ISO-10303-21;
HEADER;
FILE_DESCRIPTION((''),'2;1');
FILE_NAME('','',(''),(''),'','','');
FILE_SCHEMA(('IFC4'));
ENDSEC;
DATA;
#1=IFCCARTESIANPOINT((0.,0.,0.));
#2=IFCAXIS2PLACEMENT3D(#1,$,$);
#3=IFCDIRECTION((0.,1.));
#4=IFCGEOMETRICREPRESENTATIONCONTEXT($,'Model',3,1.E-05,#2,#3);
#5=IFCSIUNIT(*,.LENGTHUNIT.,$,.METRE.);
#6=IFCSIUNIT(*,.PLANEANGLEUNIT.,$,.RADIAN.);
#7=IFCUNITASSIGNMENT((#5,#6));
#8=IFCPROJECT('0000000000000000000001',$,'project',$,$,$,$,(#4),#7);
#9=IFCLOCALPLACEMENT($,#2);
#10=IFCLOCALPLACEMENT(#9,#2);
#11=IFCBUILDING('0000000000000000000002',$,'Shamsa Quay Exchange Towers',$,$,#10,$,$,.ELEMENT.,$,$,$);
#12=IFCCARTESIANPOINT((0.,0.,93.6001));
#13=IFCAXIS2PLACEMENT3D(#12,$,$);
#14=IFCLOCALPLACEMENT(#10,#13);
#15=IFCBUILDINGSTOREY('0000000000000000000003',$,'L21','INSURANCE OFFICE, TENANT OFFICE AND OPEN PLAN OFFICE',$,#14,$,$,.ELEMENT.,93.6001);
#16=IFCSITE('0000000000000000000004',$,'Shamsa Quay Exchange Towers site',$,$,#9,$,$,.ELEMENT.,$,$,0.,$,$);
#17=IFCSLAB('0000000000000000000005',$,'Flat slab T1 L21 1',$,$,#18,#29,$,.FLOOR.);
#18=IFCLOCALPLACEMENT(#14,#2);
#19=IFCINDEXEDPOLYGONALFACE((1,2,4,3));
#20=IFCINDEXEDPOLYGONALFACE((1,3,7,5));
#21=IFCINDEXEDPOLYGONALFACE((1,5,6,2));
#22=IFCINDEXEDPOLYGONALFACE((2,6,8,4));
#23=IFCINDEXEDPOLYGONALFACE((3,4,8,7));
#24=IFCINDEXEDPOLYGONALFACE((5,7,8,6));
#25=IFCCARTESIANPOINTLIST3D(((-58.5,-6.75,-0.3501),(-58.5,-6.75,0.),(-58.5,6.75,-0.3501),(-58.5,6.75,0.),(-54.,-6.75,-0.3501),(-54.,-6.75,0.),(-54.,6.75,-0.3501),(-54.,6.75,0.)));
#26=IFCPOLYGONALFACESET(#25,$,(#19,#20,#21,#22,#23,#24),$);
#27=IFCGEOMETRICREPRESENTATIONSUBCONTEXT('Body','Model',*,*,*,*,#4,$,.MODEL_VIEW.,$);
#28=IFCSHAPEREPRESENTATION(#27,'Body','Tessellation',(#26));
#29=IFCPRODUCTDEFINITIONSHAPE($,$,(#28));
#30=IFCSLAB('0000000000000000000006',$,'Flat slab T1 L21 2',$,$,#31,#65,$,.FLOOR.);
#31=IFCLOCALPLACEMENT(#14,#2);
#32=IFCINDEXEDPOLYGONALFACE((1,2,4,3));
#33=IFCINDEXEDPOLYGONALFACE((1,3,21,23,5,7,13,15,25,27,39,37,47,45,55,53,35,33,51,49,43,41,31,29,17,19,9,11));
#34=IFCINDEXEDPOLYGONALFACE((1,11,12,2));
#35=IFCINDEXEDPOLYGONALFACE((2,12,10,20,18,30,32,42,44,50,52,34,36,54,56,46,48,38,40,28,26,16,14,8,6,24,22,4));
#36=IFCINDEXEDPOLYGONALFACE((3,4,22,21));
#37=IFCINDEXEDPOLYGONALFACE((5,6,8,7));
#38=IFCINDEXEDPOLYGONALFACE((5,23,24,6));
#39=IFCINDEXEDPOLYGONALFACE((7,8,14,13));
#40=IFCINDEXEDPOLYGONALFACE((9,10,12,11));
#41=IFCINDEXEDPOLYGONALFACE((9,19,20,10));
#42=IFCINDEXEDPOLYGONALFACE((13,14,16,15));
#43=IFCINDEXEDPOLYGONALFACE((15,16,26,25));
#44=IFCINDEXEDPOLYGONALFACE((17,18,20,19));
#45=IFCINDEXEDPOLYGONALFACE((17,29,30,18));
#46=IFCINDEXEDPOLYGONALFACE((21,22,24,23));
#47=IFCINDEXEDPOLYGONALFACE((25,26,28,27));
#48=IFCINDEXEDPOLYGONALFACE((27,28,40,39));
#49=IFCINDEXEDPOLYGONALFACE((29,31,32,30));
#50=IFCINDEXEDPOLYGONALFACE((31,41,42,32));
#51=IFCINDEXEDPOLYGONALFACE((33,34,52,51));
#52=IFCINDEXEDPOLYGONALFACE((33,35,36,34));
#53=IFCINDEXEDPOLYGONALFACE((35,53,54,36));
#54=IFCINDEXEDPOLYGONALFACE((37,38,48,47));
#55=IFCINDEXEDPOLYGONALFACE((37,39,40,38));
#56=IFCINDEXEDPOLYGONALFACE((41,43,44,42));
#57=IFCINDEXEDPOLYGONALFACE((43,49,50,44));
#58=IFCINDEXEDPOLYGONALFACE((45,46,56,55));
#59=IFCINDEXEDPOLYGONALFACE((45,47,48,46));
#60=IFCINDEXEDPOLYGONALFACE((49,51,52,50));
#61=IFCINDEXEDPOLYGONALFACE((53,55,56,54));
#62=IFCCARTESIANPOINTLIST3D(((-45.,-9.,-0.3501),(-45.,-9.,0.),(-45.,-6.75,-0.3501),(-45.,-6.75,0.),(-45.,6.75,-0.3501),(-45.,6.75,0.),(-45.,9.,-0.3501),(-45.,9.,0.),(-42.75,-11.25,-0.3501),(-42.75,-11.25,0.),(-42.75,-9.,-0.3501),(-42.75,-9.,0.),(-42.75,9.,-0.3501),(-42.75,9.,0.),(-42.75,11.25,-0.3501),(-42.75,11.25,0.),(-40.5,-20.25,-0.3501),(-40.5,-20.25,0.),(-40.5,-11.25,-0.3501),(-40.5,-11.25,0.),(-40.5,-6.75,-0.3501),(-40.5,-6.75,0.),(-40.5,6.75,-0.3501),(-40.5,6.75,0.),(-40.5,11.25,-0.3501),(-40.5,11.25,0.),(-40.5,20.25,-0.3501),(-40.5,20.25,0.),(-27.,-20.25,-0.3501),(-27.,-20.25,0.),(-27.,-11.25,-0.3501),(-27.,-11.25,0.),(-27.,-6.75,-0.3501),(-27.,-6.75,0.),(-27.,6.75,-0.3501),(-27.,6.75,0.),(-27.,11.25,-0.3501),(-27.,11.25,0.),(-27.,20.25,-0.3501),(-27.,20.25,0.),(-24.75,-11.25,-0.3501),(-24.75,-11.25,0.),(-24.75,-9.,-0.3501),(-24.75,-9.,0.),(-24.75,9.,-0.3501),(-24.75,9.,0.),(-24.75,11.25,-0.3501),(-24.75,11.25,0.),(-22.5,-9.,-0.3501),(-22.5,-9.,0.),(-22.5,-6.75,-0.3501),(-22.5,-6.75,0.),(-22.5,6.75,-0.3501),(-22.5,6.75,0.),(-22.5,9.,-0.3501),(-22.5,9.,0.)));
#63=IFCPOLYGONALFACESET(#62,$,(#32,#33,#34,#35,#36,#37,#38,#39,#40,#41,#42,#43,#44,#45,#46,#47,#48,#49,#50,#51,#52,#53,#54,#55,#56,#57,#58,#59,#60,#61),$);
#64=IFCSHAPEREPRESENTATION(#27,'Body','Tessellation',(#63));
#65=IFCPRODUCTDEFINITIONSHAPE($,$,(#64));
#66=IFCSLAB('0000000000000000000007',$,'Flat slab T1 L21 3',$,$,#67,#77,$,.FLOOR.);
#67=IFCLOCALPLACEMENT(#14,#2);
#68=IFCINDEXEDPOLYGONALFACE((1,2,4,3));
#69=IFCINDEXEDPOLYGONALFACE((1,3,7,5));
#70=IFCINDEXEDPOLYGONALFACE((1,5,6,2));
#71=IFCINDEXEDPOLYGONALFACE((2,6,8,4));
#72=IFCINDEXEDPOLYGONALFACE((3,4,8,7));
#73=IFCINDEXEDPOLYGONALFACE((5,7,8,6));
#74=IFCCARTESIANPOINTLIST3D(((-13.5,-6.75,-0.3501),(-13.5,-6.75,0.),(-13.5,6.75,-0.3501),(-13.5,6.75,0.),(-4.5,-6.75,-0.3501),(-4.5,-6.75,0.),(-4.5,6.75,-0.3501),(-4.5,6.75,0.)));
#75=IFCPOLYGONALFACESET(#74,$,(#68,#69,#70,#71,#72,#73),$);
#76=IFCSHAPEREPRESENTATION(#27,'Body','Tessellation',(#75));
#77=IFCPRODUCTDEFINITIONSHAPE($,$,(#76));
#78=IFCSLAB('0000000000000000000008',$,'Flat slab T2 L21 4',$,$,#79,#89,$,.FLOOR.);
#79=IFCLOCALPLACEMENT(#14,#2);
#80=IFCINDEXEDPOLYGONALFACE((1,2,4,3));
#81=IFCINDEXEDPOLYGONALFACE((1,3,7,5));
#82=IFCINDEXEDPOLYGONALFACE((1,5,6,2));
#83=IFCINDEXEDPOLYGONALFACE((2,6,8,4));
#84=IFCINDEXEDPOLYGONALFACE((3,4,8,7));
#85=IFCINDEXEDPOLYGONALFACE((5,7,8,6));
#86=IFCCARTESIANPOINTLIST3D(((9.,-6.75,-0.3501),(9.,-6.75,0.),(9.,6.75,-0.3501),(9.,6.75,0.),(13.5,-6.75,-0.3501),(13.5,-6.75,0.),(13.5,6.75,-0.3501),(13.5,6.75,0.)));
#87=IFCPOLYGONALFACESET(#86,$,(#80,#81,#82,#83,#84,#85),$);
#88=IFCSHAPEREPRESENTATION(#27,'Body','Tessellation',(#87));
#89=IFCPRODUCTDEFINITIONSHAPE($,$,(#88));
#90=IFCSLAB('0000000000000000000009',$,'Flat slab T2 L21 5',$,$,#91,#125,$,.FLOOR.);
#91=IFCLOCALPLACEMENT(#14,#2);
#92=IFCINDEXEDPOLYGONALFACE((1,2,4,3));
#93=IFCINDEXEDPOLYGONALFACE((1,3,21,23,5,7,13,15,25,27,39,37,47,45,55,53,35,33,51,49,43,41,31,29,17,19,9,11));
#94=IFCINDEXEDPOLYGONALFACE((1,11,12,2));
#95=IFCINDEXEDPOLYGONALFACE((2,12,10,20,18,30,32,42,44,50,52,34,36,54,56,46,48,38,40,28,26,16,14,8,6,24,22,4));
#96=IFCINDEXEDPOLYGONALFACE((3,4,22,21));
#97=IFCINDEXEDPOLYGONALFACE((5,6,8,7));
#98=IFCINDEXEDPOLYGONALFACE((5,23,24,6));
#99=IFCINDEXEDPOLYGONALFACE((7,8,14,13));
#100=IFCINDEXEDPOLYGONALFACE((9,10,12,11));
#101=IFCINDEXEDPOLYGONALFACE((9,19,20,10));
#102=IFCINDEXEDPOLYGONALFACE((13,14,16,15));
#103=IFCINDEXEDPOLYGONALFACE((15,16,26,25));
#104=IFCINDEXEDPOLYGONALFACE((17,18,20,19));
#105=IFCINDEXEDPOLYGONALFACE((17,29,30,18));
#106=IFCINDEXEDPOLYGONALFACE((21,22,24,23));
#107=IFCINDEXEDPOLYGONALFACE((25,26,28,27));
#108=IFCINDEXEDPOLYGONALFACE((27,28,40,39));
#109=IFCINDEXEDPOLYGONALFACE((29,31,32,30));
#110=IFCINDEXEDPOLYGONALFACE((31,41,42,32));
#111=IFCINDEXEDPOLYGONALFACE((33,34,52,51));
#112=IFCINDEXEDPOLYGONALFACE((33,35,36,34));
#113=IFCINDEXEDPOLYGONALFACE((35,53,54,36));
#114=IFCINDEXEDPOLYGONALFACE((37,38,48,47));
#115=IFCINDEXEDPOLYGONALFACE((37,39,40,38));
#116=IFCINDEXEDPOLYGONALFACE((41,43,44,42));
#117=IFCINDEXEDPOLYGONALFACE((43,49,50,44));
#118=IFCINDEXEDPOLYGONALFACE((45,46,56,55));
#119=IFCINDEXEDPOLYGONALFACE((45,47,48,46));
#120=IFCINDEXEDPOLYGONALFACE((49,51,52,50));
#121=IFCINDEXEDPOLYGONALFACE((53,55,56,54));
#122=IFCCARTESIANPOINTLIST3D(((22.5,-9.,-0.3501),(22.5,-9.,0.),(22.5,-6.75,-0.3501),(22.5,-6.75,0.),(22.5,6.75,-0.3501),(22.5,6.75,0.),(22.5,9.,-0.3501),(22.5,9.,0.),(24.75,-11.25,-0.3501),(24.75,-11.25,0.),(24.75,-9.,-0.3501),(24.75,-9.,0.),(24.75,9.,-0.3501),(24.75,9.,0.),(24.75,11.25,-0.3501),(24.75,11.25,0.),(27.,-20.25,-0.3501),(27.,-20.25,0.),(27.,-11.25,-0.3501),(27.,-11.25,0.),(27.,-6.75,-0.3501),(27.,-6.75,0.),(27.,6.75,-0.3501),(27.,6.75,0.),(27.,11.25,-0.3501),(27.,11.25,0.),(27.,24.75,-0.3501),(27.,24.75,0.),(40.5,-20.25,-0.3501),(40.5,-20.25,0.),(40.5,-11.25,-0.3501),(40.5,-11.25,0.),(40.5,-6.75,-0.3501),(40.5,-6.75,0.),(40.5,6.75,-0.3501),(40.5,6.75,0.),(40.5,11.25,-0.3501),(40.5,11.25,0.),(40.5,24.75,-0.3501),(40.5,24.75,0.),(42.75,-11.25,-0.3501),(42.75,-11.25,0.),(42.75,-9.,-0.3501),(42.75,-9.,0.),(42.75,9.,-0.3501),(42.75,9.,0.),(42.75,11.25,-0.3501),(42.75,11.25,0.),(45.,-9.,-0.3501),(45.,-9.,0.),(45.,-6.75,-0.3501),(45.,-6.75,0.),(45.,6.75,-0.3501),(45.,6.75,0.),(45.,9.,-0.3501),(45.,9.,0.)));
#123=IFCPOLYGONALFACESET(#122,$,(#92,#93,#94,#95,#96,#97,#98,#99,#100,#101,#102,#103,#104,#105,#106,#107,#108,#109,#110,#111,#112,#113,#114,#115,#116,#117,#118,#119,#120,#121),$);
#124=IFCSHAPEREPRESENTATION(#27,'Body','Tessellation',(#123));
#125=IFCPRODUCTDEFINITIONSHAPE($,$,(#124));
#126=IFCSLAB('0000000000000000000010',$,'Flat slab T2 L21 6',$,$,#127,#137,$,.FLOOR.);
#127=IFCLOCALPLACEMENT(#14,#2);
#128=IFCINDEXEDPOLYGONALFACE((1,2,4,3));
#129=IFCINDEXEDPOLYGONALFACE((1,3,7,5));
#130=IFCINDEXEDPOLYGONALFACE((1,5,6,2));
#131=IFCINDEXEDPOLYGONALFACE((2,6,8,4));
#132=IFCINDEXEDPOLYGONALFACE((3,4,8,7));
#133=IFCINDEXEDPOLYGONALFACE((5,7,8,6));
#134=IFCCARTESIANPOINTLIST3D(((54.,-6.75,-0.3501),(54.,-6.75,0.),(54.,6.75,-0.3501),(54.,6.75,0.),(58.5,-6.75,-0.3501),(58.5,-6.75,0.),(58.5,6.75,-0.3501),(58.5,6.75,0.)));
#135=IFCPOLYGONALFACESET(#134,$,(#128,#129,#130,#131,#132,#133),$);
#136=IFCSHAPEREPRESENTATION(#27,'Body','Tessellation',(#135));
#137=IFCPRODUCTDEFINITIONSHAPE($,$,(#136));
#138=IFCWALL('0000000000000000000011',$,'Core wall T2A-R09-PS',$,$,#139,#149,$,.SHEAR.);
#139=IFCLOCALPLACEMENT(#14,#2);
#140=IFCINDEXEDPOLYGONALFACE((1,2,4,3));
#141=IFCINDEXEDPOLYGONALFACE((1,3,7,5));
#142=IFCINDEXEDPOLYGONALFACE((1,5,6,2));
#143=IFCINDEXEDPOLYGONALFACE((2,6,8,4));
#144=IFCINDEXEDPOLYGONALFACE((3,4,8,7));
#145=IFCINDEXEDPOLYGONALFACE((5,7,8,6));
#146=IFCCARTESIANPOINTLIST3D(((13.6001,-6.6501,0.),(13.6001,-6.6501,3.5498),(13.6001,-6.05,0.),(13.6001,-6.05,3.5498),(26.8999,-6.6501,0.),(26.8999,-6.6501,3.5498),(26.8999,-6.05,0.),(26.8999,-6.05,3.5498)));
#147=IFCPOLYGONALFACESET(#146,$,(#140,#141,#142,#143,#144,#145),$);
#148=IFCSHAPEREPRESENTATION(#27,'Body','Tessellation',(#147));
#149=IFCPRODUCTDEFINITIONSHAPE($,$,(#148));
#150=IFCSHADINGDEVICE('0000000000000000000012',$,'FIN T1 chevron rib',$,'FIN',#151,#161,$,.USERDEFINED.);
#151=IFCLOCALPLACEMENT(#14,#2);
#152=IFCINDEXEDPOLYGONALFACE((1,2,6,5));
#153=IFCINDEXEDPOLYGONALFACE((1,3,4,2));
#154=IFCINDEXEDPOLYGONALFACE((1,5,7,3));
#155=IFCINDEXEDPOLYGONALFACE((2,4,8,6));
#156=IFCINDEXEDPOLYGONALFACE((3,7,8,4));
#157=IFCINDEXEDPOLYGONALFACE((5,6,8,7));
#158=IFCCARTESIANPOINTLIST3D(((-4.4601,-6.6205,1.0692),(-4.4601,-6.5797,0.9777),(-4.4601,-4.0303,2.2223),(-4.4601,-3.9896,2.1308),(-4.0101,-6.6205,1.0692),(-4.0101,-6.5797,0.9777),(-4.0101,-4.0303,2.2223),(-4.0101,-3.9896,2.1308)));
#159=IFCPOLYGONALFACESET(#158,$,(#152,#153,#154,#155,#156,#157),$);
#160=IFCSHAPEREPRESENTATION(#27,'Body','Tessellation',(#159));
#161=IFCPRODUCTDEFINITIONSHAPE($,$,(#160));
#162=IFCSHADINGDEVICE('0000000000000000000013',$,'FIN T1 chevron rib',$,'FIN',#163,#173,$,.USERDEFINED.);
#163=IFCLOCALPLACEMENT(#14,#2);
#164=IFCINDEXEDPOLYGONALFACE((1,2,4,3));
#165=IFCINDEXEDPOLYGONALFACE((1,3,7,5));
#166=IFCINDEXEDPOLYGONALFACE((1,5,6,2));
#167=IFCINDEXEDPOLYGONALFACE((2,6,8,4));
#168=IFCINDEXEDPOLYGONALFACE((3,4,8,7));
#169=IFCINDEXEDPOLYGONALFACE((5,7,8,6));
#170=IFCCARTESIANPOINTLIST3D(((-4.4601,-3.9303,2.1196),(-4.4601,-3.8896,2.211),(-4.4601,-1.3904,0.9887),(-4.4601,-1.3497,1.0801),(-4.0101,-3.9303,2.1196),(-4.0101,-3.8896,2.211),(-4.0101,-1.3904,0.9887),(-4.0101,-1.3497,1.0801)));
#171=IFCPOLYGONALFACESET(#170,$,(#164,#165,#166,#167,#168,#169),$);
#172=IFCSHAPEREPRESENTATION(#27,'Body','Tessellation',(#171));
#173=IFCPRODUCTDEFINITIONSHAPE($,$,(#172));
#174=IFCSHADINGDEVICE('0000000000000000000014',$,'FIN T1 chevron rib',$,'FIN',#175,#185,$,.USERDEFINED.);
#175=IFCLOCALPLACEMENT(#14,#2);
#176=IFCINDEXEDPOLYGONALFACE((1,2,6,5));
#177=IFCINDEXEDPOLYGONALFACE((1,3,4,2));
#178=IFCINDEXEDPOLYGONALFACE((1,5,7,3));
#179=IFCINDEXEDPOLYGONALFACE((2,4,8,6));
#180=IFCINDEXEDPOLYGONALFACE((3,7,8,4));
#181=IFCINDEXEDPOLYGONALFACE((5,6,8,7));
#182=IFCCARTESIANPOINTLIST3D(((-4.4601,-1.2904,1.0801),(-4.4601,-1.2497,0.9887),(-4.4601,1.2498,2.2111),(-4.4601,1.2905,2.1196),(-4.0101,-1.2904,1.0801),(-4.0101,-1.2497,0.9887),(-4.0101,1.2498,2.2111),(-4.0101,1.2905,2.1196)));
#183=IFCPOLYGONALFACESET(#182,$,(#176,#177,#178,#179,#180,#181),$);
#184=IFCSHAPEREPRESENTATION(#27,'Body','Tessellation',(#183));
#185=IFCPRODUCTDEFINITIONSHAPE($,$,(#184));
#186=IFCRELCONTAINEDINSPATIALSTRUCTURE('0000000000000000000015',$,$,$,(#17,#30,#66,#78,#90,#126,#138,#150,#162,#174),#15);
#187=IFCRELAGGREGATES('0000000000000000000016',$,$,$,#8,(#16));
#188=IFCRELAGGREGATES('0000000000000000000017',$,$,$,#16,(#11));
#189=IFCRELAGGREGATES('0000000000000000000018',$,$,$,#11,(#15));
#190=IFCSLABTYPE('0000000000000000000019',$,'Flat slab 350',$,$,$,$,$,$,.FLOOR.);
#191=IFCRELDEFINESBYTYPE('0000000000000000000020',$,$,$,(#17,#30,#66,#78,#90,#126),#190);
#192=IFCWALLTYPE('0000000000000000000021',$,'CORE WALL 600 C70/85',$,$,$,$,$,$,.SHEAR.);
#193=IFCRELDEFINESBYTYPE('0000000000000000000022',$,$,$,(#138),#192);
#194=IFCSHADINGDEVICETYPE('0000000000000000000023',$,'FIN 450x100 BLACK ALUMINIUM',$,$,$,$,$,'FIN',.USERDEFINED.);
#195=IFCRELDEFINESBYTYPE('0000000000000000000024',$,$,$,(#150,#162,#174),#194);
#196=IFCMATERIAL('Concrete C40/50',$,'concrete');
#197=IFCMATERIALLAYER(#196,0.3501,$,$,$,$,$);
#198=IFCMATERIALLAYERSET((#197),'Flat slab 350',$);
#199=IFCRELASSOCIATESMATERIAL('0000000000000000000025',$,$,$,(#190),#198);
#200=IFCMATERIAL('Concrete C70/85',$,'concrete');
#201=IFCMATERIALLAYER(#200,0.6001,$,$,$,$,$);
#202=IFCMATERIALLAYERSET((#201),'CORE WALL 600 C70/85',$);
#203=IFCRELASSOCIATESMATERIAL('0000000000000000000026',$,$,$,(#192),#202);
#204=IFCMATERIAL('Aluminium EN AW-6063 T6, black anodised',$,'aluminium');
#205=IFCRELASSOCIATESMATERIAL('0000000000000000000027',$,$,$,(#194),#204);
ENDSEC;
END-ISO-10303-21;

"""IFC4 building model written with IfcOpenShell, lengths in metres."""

from ifc_helpers import new_model, si_unit, direction, frame, frame_2d, origin, origin_2d, place, context, subcontext, project, spatial, polyline, rectangle, outline, extrude, material, layer, layer_set, material_profile, profile_set, type_object, element, save


model = new_model("IFC4")

# Units and contexts
model_context = context("Model", 3, precision=1e-05, world=origin(), true_north=direction((0.0, 1.0)))
body_context = subcontext(model_context, "Body", "Model", "MODEL_VIEW")
ifc_project = project(units=[si_unit("LENGTHUNIT", "METRE"), si_unit("PLANEANGLEUNIT", "RADIAN")], contexts=[model_context])

# Site, building, storey
site_placement = place(None, origin())
site = spatial("IfcSite", under=ifc_project, at=site_placement, Name="Shamsa Quay Exchange Towers site", CompositionType="ELEMENT", RefElevation=0.0)
building_placement = place(site_placement, origin())
building = spatial("IfcBuilding", under=site, at=building_placement, Name="Shamsa Quay Exchange Towers", CompositionType="ELEMENT")
storey_placement = place(building_placement, frame((0.0, 0.0, 93.6001)))
storey = spatial("IfcBuildingStorey", under=building, at=storey_placement, Name="L21", Description="INSURANCE OFFICE, TENANT OFFICE AND OPEN PLAN OFFICE", CompositionType="ELEMENT", Elevation=93.6001)

# Shared definitions
ifc_material_1 = material(Name="Aluminium EN AW-6063 T6, black anodised", Category="aluminium")

# Slabs
ifc_material_2 = material(Name="Concrete C40/50", Category="concrete")
ifc_layer_1 = layer(ifc_material_2, 0.3501)
ifc_layer_set_1 = layer_set([ifc_layer_1], Name="Flat slab 350")
slab_type_1 = type_object("IfcSlabType", Name="Flat slab 350", PredefinedType="FLOOR", material=ifc_layer_set_1)
slab_1_placement = place(storey_placement, frame((0.0, 0.0, -0.3501)))
element("IfcSlab", 1, at=slab_1_placement, inside=storey, type_object=slab_type_1, Name="Flat slab T1 L21 1", PredefinedType="FLOOR", context=body_context, shape_type="SweptSolid", body=[
    extrude(outline(polyline([(-58.5, -6.75), (-54.0, -6.75), (-54.0, 6.75), (-58.5, 6.75), (-58.5, -6.75)])), origin(), (0.0, 0.0, 1.0), 0.3501),
])
slab_2_placement = place(storey_placement, frame((0.0, 0.0, -0.3501)))
element("IfcSlab", 2, at=slab_2_placement, inside=storey, type_object=slab_type_1, Name="Flat slab T1 L21 2", PredefinedType="FLOOR", context=body_context, shape_type="SweptSolid", body=[
    extrude(outline(polyline([(-22.5, -9.0), (-22.5, -6.75), (-27.0, -6.75), (-27.0, 6.75), (-22.5, 6.75), (-22.5, 9.0), (-24.75, 9.0), (-24.75, 11.25), (-27.0, 11.25), (-27.0, 20.25), (-40.5, 20.25), (-40.5, 11.25), (-42.75, 11.25), (-42.75, 9.0), (-45.0, 9.0), (-45.0, 6.75), (-40.5, 6.75), (-40.5, -6.75), (-45.0, -6.75), (-45.0, -9.0), (-42.75, -9.0), (-42.75, -11.25), (-40.5, -11.25), (-40.5, -20.25), (-27.0, -20.25), (-27.0, -11.25), (-24.75, -11.25), (-24.75, -9.0), (-22.5, -9.0)])), origin(), (0.0, 0.0, 1.0), 0.3501),
])
slab_3_placement = place(storey_placement, frame((0.0, 0.0, -0.3501)))
element("IfcSlab", 3, at=slab_3_placement, inside=storey, type_object=slab_type_1, Name="Flat slab T1 L21 3", PredefinedType="FLOOR", context=body_context, shape_type="SweptSolid", body=[
    extrude(outline(polyline([(-4.5, 6.75), (-13.5, 6.75), (-13.5, -6.75), (-4.5, -6.75), (-4.5, 6.75)])), origin(), (0.0, 0.0, 1.0), 0.3501),
])
slab_4_placement = place(storey_placement, frame((0.0, 0.0, -0.3501)))
element("IfcSlab", 4, at=slab_4_placement, inside=storey, type_object=slab_type_1, Name="Flat slab T2 L21 4", PredefinedType="FLOOR", context=body_context, shape_type="SweptSolid", body=[
    extrude(outline(polyline([(9.0, -6.75), (13.5, -6.75), (13.5, 6.75), (9.0, 6.75), (9.0, -6.75)])), origin(), (0.0, 0.0, 1.0), 0.3501),
])
slab_5_placement = place(storey_placement, frame((0.0, 0.0, -0.3501)))
element("IfcSlab", 5, at=slab_5_placement, inside=storey, type_object=slab_type_1, Name="Flat slab T2 L21 5", PredefinedType="FLOOR", context=body_context, shape_type="SweptSolid", body=[
    extrude(outline(polyline([(45.0, -9.0), (45.0, -6.75), (40.5, -6.75), (40.5, 6.75), (45.0, 6.75), (45.0, 9.0), (42.75, 9.0), (42.75, 11.25), (40.5, 11.25), (40.5, 24.75), (27.0, 24.75), (27.0, 11.25), (24.75, 11.25), (24.75, 9.0), (22.5, 9.0), (22.5, 6.75), (27.0, 6.75), (27.0, -6.75), (22.5, -6.75), (22.5, -9.0), (24.75, -9.0), (24.75, -11.25), (27.0, -11.25), (27.0, -20.25), (40.5, -20.25), (40.5, -11.25), (42.75, -11.25), (42.75, -9.0), (45.0, -9.0)])), origin(), (0.0, 0.0, 1.0), 0.3501),
])
slab_6_placement = place(storey_placement, frame((0.0, 0.0, -0.3501)))
element("IfcSlab", 6, at=slab_6_placement, inside=storey, type_object=slab_type_1, Name="Flat slab T2 L21 6", PredefinedType="FLOOR", context=body_context, shape_type="SweptSolid", body=[
    extrude(outline(polyline([(58.5, 6.75), (54.0, 6.75), (54.0, -6.75), (58.5, -6.75), (58.5, 6.75)])), origin(), (0.0, 0.0, 1.0), 0.3501),
])

# Wall
ifc_material_3 = material(Name="Concrete C70/85", Category="concrete")
ifc_layer_2 = layer(ifc_material_3, 0.6001)
ifc_layer_set_2 = layer_set([ifc_layer_2], Name="CORE WALL 600 C70/85")
wall_type = type_object("IfcWallType", Name="CORE WALL 600 C70/85", PredefinedType="SHEAR", material=ifc_layer_set_2)
wall_placement = place(storey_placement, frame((13.6001, -6.3501, 0.0)))
element("IfcWall", 7, at=wall_placement, inside=storey, type_object=wall_type, Name="Core wall T2A-R09-PS", PredefinedType="SHEAR", context=body_context, shape_type="SweptSolid", body=[
    extrude(rectangle(XDim=13.2998, YDim=0.6001, at=frame_2d((6.6499, 0.0))), origin(), (0.0, 0.0, 1.0), 3.5498),
])

# Shading devices
ifc_material_profile_1 = material_profile(ifc_material_1, rectangle(XDim=0.45, YDim=0.1001, at=origin_2d()), Name="FIN450x100")
ifc_profile_set_1 = profile_set([ifc_material_profile_1], Name="Aluminium EN AW-6063 T6, black anodised")
shading_device_type = type_object("IfcShadingDeviceType", Name="FIN 450x100 BLACK ALUMINIUM", ElementType="FIN", PredefinedType="USERDEFINED", material=ifc_profile_set_1)
shading_device_1_placement = place(storey_placement, frame((-4.2351, -6.6001, 1.0234), z_axis=(0.0, 0.913559, 0.406706), x_axis=(-1.0, 0.0, 0.0)))
element("IfcShadingDevice", 8, at=shading_device_1_placement, inside=storey, type_object=shading_device_type, Name="FIN T1 chevron rib", ObjectType="FIN", PredefinedType="USERDEFINED", context=body_context, shape_type="SweptSolid", body=[
    extrude(rectangle(XDim=0.45, YDim=0.1001, at=origin_2d()), origin(), (0.0, 0.0, 1.0), 2.8352),
])
shading_device_2_placement = place(storey_placement, frame((-4.2351, -3.9099, 2.1653), z_axis=(0.0, 0.913536, -0.406758), x_axis=(-1.0, 0.0, 0.0)))
element("IfcShadingDevice", 9, at=shading_device_2_placement, inside=storey, type_object=shading_device_type, Name="FIN T1 chevron rib", ObjectType="FIN", PredefinedType="USERDEFINED", context=body_context, shape_type="SweptSolid", body=[
    extrude(rectangle(XDim=0.45, YDim=0.1001, at=origin_2d()), origin(), (0.0, 0.0, 1.0), 2.7803),
])
shading_device_3_placement = place(storey_placement, frame((-4.2351, -1.27, 1.0344), z_axis=(0.0, 0.913551, 0.406725), x_axis=(-1.0, 0.0, 0.0)))
element("IfcShadingDevice", 10, at=shading_device_3_placement, inside=storey, type_object=shading_device_type, Name="FIN T1 chevron rib", ObjectType="FIN", PredefinedType="USERDEFINED", context=body_context, shape_type="SweptSolid", body=[
    extrude(rectangle(XDim=0.45, YDim=0.1001, at=origin_2d()), origin(), (0.0, 0.0, 1.0), 2.7805),
])

save(model, "model.ifc")
